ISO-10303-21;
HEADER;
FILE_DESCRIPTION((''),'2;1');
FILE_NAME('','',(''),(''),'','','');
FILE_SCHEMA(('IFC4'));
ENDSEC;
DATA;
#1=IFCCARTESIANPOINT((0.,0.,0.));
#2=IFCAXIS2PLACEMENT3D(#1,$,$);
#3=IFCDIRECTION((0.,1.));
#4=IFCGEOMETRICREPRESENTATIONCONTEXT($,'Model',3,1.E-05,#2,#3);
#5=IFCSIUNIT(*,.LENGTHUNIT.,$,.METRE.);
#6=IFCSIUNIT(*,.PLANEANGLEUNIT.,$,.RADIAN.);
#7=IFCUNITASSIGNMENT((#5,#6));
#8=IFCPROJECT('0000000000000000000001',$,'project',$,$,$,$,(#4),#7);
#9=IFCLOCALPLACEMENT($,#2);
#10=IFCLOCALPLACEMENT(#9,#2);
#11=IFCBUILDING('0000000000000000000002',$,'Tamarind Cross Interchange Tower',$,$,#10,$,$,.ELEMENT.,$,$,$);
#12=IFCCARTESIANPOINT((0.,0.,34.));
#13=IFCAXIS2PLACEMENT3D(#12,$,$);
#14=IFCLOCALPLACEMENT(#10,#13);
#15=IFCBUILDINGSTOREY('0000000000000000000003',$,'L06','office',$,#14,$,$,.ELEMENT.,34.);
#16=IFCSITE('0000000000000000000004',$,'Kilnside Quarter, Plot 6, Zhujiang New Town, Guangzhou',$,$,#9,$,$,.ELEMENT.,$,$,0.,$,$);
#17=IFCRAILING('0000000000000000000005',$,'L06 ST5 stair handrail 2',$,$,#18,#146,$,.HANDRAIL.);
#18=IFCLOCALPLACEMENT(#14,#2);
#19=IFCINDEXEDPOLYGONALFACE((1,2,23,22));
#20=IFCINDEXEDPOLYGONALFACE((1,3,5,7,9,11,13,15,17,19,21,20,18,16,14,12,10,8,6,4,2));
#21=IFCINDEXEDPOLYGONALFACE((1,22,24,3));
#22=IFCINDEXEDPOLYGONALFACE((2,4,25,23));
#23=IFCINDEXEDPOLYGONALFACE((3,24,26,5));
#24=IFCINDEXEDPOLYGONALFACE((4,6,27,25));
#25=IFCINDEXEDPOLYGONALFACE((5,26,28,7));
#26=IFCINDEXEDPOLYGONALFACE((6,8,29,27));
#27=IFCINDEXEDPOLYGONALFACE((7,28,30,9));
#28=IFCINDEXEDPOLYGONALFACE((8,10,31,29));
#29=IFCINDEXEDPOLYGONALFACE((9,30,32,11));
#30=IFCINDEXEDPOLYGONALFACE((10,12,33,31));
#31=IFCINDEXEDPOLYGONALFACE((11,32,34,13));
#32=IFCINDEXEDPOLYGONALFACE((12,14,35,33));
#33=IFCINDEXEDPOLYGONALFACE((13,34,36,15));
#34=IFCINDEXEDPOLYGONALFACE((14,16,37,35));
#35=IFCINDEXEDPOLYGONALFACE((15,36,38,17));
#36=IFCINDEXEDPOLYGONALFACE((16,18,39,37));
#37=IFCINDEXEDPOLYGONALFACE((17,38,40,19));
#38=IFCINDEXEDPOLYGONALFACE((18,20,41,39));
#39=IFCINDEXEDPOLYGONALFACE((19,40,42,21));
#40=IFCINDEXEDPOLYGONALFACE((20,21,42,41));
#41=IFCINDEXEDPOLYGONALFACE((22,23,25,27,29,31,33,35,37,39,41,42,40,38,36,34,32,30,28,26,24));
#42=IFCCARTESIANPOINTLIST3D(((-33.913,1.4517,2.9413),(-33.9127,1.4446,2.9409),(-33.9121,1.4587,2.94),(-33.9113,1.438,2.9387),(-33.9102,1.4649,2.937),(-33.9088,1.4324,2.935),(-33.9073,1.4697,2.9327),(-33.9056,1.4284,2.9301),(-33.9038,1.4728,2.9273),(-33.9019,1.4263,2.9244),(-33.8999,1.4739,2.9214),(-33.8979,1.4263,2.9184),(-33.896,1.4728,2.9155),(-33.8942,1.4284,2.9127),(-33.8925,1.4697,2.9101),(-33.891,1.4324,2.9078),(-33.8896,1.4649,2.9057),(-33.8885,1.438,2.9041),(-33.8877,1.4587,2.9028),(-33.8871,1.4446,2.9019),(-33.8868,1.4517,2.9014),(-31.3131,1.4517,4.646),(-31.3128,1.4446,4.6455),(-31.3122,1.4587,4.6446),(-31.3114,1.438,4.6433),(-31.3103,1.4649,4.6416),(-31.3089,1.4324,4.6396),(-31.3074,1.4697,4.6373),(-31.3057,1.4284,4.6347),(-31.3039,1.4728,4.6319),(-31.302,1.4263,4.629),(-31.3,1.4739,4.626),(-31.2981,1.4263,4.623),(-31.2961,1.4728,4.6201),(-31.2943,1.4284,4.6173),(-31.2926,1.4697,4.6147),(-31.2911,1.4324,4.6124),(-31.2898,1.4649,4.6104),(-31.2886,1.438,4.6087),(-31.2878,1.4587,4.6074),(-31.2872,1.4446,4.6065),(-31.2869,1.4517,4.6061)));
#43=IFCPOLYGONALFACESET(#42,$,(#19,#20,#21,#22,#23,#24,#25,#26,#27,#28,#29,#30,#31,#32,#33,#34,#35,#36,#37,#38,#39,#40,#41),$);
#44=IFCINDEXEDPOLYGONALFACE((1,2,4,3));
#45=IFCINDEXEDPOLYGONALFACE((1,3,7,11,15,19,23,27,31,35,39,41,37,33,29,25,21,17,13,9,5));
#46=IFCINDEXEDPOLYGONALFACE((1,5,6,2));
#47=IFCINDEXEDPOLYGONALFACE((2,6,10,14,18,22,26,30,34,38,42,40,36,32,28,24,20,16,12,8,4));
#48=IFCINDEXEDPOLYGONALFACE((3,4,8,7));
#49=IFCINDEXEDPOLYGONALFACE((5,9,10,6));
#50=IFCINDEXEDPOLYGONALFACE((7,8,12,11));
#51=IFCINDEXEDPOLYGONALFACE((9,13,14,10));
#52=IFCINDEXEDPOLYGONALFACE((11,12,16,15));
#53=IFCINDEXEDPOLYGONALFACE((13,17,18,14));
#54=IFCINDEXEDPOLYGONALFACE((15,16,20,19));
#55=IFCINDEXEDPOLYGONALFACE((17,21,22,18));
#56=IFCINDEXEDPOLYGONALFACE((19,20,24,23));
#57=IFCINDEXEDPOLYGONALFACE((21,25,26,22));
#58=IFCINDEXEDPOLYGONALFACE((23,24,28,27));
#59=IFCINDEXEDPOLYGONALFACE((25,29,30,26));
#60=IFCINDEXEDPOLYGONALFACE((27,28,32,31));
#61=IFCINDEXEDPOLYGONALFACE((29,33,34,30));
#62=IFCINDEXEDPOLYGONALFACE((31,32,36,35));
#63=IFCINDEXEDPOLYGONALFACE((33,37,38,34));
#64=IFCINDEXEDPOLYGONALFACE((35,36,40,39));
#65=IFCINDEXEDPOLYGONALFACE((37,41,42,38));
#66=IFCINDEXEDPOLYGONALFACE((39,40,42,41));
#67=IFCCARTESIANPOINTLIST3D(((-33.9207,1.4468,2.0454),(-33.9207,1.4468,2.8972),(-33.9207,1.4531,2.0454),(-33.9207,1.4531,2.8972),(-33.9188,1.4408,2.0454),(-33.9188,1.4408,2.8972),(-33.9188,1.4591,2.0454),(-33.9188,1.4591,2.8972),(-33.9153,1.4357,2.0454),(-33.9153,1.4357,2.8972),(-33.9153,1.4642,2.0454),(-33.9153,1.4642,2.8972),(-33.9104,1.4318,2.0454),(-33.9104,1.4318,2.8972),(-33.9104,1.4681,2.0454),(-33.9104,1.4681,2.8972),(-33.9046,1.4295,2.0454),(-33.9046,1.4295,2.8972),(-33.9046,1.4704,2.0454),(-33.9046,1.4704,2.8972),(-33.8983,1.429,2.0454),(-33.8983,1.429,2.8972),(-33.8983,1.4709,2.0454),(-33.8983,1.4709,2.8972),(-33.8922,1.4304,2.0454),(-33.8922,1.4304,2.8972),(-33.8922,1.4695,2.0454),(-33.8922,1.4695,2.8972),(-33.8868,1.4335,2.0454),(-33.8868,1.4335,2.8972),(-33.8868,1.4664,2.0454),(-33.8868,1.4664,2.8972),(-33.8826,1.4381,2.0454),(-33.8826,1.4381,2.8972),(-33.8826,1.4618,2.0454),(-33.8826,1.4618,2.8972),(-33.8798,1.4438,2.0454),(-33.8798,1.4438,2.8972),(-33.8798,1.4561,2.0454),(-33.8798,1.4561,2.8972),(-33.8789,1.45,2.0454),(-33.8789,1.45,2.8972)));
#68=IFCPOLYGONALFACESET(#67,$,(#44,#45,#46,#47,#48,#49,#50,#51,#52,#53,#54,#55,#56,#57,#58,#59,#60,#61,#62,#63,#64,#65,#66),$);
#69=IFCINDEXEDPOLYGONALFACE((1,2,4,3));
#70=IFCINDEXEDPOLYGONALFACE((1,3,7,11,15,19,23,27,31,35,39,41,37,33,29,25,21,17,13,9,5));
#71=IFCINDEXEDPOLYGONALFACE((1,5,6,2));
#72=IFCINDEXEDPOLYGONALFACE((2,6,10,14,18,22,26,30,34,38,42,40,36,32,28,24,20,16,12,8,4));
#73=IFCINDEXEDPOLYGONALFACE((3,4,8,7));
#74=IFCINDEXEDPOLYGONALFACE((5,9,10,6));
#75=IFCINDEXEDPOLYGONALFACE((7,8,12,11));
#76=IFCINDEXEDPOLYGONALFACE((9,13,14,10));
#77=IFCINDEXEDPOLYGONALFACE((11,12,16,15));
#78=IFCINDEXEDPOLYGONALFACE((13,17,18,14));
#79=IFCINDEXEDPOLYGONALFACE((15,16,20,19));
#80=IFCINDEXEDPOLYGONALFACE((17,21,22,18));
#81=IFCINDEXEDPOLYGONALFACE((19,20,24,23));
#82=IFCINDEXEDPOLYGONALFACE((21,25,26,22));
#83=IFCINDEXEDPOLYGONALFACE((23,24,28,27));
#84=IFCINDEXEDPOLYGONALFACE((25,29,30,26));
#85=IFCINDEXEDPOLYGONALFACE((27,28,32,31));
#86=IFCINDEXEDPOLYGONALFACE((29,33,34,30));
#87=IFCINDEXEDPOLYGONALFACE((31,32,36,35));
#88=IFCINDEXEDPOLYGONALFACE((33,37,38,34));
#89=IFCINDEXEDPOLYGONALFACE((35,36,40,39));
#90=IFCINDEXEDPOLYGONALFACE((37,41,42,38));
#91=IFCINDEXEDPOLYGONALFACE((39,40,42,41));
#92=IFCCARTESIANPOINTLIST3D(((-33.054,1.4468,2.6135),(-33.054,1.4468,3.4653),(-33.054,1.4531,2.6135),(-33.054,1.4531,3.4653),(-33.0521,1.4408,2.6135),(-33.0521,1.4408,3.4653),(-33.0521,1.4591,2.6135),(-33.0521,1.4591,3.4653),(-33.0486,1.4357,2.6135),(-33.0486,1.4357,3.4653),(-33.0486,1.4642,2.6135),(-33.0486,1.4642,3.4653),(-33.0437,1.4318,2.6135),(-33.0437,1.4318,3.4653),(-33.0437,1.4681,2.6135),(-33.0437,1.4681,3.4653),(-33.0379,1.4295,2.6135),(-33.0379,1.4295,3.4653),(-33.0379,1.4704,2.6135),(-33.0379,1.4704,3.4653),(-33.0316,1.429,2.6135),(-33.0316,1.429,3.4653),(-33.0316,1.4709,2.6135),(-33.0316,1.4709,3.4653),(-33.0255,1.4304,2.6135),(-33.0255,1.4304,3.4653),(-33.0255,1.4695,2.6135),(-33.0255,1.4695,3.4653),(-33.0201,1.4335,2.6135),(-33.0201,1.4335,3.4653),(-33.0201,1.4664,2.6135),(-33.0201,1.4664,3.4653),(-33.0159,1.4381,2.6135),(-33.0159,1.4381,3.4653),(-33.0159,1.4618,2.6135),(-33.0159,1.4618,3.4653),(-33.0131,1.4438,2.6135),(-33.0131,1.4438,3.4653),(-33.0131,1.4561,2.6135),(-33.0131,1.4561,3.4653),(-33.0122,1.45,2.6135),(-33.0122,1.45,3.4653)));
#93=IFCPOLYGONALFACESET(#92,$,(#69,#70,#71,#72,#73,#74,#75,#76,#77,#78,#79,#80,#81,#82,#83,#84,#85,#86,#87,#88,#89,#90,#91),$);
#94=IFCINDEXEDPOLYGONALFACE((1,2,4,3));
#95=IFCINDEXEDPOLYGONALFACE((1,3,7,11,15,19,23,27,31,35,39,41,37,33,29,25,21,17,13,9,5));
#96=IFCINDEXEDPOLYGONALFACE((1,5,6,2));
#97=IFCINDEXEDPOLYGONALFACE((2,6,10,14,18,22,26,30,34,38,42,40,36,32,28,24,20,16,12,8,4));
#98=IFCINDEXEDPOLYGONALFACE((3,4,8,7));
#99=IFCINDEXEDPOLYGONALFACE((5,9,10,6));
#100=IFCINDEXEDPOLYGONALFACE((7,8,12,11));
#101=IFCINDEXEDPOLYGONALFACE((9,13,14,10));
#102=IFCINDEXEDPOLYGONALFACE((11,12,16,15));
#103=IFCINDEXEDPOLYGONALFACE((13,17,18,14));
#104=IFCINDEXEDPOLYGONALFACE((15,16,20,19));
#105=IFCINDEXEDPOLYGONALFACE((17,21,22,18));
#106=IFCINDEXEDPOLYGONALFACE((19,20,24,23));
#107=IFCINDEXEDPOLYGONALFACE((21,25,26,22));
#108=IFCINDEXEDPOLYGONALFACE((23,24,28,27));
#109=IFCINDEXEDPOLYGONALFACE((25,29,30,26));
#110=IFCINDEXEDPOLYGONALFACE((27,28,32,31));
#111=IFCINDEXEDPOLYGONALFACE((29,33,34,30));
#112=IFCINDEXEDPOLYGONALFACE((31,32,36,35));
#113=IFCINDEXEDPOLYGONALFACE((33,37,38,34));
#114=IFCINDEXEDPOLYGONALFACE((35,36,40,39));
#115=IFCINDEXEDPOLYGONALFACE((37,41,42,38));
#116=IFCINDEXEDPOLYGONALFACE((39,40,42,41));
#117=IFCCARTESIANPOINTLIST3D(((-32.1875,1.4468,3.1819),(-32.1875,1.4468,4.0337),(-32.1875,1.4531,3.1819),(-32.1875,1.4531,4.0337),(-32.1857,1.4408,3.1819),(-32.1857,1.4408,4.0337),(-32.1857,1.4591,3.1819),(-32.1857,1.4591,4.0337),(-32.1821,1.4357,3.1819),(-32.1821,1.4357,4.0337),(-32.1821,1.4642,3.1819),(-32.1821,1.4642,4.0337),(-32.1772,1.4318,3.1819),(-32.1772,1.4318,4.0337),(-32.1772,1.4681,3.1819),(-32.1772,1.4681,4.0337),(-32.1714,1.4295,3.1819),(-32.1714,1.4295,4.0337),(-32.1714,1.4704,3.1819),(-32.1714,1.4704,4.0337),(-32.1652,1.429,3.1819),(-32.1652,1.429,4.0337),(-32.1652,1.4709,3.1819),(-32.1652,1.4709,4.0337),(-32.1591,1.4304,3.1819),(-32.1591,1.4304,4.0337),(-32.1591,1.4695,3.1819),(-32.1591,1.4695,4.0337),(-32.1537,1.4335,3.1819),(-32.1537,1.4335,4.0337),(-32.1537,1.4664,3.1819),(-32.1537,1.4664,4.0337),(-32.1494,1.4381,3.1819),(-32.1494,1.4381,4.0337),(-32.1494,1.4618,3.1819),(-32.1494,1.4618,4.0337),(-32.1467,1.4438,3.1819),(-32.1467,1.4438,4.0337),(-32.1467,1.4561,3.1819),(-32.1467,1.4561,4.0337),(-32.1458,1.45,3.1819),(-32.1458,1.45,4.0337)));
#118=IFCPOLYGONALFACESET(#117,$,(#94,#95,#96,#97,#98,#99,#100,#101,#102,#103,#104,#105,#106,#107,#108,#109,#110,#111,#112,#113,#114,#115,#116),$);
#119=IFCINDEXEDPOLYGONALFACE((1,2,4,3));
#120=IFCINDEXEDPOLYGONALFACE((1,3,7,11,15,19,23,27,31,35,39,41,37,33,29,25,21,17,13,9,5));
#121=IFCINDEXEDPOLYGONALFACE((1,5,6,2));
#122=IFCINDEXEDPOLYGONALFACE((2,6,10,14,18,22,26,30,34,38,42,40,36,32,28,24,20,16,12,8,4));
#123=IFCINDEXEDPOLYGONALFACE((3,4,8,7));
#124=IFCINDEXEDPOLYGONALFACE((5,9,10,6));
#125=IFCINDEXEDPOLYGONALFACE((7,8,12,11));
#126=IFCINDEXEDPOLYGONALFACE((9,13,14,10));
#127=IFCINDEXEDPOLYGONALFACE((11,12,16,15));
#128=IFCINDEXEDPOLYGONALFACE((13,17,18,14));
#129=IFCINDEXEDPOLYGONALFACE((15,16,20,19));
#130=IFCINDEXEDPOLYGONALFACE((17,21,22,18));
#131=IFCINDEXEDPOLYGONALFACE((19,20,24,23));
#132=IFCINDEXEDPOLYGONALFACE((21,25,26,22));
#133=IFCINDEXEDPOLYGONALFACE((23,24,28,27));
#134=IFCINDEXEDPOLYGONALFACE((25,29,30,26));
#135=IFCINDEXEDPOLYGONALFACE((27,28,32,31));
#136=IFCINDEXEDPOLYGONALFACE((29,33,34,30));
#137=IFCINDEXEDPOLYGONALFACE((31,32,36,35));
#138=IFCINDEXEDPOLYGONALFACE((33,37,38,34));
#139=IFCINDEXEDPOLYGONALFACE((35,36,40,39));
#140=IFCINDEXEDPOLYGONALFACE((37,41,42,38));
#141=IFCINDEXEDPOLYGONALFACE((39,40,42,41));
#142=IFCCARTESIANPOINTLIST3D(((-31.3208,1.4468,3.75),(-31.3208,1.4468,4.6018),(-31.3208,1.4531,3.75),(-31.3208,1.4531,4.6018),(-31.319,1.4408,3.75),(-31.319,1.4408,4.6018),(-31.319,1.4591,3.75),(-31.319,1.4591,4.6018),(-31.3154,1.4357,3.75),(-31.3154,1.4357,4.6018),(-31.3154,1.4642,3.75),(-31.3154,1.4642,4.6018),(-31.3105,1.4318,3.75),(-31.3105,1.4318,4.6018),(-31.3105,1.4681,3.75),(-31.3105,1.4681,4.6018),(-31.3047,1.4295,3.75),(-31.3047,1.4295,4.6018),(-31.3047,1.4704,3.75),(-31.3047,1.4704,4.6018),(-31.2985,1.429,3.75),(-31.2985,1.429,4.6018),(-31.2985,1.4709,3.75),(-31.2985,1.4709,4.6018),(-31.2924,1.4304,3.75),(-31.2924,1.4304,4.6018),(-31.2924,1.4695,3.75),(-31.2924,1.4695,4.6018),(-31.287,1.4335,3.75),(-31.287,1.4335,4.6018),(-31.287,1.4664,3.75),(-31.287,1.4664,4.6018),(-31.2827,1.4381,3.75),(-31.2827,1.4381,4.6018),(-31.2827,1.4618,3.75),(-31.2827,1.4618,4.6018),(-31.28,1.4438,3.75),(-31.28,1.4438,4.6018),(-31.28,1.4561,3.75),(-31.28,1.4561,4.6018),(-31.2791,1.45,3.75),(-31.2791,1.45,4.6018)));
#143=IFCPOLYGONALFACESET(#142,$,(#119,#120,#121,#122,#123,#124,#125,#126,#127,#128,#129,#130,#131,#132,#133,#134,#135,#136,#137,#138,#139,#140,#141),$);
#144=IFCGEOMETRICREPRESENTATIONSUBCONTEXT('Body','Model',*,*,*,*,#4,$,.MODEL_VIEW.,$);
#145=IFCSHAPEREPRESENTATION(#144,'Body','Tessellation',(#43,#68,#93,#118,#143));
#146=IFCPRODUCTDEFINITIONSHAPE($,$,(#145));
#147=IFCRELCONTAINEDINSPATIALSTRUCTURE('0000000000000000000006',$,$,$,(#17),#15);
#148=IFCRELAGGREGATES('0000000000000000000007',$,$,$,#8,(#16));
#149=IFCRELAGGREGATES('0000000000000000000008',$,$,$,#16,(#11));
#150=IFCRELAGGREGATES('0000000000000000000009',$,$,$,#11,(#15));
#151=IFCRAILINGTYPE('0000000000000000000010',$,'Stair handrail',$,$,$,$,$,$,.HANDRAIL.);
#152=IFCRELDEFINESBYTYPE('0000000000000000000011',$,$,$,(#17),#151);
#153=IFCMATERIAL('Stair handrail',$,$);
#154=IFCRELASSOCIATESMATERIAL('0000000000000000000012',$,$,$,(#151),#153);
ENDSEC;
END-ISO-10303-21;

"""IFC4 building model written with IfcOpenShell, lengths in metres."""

from ifc_helpers import new_model, si_unit, direction, frame, origin, origin_2d, place, context, subcontext, project, spatial, circle, extrude, material, type_object, element, save


model = new_model("IFC4")

# Units and contexts
model_context = context("Model", 3, precision=1e-05, world=origin(), true_north=direction((0.0, 1.0)))
body_context = subcontext(model_context, "Body", "Model", "MODEL_VIEW")
ifc_project = project(units=[si_unit("LENGTHUNIT", "METRE"), si_unit("PLANEANGLEUNIT", "RADIAN")], contexts=[model_context])

# Site, building, storey
site_placement = place(None, origin())
site = spatial("IfcSite", under=ifc_project, at=site_placement, Name="Kilnside Quarter, Plot 6, Zhujiang New Town, Guangzhou", CompositionType="ELEMENT", RefElevation=0.0)
building_placement = place(site_placement, origin())
building = spatial("IfcBuilding", under=site, at=building_placement, Name="Tamarind Cross Interchange Tower", CompositionType="ELEMENT")
storey_placement = place(building_placement, frame((0.0, 0.0, 34.0)))
storey = spatial("IfcBuildingStorey", under=building, at=storey_placement, Name="L06", Description="office", CompositionType="ELEMENT", Elevation=34.0)

# Railing
ifc_material_1 = material(Name="Stair handrail")
railing_type_1 = type_object("IfcRailingType", Name="Stair handrail", PredefinedType="HANDRAIL", material=ifc_material_1)
railing_1_placement = place(storey_placement, frame((-33.8999, 1.45, 2.0454)))
element("IfcRailing", 1, at=railing_1_placement, inside=storey, type_object=railing_type_1, Name="L06 ST5 stair handrail 2", PredefinedType="HANDRAIL", context=body_context, shape_type="SweptSolid", body=[
    extrude(circle(Radius=0.0239, at=origin_2d()), frame((0.0, 0.0, 0.876), z_axis=(0.836279, 0.0, 0.548305), x_axis=(0.0, 1.0, 0.0)), (0.0, 0.0, 1.0), 3.1089),
    extrude(circle(Radius=0.021, at=origin_2d()), origin(), (0.0, 0.0, 1.0), 0.8518),
    extrude(circle(Radius=0.021, at=origin_2d()), frame((0.8667, 0.0, 0.5681)), (0.0, 0.0, 1.0), 0.8518),
    extrude(circle(Radius=0.021, at=origin_2d()), frame((1.7332, 0.0, 1.1365)), (0.0, 0.0, 1.0), 0.8518),
    extrude(circle(Radius=0.021, at=origin_2d()), frame((2.5999, 0.0, 1.7046)), (0.0, 0.0, 1.0), 0.8518),
])

save(model, "model.ifc")
